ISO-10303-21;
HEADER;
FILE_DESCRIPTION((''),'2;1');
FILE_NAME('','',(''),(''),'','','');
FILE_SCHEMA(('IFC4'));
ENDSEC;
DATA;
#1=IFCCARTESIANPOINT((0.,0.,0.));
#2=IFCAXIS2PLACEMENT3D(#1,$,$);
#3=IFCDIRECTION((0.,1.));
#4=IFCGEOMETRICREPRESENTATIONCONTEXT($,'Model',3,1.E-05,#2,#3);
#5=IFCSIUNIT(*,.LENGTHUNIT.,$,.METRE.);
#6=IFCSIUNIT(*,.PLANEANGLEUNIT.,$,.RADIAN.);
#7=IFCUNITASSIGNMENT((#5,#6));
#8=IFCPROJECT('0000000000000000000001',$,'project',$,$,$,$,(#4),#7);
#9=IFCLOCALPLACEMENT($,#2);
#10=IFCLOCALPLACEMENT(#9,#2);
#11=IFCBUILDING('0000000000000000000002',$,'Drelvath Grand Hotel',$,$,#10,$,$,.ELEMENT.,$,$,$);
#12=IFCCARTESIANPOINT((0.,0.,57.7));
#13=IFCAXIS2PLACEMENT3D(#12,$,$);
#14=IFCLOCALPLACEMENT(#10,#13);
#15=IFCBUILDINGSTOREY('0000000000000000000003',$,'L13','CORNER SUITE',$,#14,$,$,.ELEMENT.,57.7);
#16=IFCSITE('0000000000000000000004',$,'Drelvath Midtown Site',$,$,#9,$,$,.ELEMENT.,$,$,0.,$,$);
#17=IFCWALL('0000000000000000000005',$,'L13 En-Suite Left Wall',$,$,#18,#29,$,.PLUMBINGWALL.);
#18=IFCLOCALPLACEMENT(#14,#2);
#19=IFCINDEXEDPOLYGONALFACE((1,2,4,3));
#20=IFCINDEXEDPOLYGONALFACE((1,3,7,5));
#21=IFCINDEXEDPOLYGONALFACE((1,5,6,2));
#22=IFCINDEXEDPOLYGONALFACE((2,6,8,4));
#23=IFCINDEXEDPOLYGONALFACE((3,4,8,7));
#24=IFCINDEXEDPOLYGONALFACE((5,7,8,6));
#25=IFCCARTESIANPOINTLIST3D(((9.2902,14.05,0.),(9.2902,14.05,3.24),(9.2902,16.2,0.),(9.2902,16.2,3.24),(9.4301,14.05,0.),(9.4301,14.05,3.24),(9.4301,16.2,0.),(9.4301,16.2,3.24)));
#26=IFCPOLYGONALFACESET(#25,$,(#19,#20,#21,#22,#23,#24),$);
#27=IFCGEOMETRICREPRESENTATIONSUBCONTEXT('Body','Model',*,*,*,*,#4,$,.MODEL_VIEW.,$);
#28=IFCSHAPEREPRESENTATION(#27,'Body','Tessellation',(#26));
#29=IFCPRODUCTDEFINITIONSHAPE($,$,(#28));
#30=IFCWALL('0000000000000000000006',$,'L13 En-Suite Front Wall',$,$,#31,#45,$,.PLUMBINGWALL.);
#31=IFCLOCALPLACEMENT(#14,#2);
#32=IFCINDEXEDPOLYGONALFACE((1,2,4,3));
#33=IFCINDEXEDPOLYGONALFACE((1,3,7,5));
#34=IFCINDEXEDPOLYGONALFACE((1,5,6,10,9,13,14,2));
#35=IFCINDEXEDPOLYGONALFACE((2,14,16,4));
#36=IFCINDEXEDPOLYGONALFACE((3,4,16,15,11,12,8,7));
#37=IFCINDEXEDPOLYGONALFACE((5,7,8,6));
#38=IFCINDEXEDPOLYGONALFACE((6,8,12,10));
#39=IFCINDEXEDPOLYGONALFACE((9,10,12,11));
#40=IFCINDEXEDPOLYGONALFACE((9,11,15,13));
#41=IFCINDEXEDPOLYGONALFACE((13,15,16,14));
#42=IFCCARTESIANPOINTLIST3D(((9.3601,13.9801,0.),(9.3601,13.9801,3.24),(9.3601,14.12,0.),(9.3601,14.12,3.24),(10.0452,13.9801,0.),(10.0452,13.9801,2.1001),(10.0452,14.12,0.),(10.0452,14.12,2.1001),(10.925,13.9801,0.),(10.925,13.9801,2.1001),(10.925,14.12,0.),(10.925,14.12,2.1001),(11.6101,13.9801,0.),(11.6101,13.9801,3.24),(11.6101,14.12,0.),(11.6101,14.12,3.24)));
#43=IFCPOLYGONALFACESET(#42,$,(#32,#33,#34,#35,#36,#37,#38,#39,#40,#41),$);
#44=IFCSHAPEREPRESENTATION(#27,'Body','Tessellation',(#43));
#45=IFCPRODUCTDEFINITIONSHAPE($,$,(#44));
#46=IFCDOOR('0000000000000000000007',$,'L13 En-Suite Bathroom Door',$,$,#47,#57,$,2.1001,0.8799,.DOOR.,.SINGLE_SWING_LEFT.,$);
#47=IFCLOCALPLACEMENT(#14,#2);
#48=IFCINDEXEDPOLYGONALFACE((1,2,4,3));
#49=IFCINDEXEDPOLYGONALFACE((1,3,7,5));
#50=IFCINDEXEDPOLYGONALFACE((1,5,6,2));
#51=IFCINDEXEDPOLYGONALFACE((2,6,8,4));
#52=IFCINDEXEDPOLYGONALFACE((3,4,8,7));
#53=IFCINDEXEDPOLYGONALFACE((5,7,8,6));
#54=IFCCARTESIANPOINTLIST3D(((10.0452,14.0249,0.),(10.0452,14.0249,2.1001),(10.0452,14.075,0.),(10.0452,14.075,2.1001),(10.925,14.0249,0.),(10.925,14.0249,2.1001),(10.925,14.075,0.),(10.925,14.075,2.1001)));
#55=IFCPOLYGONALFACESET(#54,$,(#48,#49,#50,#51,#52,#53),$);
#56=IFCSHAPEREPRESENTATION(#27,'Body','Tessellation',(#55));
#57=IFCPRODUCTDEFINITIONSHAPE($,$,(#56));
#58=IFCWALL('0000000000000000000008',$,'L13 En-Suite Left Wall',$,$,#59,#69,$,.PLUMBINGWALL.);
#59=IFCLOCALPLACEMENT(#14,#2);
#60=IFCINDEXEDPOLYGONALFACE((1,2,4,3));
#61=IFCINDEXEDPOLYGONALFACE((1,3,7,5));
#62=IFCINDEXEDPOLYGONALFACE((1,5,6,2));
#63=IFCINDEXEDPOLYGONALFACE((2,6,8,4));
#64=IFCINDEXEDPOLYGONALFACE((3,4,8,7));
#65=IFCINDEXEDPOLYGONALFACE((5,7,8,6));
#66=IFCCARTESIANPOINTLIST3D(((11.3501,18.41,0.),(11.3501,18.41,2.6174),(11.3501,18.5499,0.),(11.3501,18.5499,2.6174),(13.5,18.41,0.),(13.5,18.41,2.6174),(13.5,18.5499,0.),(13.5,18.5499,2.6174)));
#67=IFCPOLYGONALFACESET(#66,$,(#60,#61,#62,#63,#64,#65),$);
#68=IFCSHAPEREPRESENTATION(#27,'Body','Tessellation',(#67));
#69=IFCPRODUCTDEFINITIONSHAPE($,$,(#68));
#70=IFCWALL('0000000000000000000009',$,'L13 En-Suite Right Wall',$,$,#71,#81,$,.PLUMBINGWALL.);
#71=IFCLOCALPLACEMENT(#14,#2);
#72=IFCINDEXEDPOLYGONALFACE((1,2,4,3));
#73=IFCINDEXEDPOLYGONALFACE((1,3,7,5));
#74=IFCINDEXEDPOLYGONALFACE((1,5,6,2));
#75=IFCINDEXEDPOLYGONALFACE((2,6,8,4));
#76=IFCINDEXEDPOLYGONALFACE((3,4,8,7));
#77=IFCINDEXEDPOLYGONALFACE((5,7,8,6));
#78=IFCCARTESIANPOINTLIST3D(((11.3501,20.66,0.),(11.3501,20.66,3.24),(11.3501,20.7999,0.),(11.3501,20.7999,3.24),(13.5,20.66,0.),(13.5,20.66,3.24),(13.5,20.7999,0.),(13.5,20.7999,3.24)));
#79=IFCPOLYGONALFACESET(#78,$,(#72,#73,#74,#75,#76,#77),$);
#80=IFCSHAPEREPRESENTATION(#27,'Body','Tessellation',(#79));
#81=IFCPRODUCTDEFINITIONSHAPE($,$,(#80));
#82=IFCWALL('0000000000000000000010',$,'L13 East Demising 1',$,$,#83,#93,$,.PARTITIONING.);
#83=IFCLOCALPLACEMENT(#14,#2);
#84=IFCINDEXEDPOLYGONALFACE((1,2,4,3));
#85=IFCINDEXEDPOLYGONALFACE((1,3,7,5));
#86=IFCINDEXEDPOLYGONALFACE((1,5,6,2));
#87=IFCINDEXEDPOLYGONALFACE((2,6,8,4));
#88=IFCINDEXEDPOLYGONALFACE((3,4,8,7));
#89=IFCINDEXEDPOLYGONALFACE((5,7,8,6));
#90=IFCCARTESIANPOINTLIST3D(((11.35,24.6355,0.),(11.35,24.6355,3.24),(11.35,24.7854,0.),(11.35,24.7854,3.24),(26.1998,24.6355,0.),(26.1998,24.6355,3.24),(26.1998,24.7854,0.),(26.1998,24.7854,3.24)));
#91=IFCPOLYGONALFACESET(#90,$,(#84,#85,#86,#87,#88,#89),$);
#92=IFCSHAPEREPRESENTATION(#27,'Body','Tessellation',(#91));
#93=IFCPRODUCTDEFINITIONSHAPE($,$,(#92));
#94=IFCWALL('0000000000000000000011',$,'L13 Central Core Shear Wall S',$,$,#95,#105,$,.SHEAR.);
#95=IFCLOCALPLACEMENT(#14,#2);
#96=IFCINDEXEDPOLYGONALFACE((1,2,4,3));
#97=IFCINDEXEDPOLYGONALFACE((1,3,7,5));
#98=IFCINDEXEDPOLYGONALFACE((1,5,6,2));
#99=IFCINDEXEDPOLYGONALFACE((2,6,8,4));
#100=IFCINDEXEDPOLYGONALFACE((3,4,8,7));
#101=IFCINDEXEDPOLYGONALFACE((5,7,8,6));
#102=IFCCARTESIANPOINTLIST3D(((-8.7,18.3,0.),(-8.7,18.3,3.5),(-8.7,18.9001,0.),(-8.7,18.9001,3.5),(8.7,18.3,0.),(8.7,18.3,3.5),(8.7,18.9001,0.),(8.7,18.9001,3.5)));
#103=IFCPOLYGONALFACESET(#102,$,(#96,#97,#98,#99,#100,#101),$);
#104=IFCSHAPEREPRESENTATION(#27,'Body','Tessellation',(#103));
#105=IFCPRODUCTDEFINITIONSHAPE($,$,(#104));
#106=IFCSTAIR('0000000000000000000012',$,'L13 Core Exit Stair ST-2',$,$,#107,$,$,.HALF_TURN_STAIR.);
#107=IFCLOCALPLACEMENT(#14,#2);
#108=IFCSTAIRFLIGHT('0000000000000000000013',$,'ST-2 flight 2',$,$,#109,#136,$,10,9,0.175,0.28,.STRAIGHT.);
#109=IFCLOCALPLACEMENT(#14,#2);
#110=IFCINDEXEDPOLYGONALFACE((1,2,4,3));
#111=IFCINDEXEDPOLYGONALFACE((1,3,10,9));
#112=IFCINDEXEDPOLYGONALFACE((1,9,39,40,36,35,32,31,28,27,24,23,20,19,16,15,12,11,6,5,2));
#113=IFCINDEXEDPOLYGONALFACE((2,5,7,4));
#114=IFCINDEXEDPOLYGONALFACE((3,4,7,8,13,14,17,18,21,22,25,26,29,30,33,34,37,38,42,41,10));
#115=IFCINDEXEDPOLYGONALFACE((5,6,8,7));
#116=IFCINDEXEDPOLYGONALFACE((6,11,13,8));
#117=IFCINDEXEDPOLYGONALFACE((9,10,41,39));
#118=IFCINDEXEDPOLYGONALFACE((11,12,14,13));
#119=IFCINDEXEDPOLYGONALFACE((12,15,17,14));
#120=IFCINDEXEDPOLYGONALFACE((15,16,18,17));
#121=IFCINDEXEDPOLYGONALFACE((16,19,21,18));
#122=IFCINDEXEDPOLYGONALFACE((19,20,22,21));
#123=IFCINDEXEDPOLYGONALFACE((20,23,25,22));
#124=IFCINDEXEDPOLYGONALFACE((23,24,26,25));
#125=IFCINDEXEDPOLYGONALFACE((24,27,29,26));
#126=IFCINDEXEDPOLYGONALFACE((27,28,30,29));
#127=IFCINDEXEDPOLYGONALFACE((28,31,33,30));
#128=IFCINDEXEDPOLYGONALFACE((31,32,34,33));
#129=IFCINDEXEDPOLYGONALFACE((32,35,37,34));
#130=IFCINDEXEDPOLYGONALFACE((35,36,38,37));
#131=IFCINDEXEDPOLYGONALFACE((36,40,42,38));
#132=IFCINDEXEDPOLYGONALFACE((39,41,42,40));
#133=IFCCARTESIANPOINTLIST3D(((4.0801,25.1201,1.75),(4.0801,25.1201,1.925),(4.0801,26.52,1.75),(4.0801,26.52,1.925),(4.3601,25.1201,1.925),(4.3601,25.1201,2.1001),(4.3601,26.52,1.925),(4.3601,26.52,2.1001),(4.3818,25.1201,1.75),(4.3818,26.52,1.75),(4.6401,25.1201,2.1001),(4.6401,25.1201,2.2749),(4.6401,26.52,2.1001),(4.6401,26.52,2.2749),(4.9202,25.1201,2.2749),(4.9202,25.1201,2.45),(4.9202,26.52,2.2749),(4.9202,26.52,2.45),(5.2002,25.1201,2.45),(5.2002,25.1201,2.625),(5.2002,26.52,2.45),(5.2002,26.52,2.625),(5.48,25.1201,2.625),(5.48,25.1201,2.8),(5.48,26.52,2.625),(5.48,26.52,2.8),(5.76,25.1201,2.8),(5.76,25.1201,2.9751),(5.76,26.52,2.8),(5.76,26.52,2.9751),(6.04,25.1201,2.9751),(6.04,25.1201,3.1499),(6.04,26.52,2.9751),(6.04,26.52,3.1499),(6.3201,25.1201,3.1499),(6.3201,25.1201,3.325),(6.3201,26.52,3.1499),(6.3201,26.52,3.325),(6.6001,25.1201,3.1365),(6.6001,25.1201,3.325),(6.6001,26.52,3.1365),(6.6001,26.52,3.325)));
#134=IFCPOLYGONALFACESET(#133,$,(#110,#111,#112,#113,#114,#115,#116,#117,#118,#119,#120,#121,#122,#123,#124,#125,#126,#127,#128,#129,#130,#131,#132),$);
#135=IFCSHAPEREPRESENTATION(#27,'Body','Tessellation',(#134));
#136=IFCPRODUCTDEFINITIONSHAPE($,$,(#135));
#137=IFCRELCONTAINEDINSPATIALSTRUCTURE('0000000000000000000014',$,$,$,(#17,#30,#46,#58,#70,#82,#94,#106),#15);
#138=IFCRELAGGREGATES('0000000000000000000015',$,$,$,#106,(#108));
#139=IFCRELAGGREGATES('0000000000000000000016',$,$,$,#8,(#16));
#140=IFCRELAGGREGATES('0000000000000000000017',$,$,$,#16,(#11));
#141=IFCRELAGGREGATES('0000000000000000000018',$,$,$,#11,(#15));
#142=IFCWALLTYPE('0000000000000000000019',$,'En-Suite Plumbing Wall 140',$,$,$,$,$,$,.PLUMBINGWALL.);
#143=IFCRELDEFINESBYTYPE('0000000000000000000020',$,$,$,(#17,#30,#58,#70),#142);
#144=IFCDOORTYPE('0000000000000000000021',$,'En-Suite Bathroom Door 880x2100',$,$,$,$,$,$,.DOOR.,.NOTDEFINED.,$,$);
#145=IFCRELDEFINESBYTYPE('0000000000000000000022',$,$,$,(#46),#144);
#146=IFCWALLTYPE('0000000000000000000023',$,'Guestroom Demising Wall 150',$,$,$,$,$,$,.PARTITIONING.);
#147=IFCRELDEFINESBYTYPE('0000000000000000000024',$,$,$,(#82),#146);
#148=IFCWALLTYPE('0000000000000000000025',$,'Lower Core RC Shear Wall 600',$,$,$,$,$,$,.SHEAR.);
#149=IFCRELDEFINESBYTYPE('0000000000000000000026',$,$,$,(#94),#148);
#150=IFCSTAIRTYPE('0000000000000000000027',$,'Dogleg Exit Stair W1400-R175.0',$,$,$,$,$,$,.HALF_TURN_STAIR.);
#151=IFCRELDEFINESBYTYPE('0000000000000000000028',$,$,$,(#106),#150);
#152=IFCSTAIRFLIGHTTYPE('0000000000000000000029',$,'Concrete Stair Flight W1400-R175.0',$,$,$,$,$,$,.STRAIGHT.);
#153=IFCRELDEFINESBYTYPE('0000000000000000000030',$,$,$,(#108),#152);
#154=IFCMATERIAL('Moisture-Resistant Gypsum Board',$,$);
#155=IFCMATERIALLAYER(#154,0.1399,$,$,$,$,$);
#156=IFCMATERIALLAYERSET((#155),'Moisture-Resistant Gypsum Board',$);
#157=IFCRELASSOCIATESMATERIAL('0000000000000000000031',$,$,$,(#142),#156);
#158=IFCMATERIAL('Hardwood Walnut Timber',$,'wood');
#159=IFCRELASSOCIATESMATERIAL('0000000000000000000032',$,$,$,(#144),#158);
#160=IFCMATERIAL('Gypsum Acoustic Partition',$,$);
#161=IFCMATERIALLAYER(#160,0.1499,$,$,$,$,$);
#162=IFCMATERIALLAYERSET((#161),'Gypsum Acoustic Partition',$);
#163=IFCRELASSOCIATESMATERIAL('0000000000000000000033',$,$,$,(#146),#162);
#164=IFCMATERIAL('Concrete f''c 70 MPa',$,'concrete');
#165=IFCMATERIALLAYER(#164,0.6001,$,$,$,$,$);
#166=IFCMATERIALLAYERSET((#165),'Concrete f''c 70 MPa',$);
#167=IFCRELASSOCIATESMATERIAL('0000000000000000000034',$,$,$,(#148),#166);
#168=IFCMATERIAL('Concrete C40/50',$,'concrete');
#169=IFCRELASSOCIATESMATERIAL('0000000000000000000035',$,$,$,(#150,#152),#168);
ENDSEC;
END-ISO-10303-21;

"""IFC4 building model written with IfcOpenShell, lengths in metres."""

from ifc_helpers import new_model, si_unit, direction, frame, frame_2d, origin, place, context, subcontext, project, spatial, polyline, rectangle, outline, extrude, material, layer, layer_set, type_object, element, fill, aggregate, save


model = new_model("IFC4")

# Units and contexts
model_context = context("Model", 3, precision=1e-05, world=origin(), true_north=direction((0.0, 1.0)))
body_context = subcontext(model_context, "Body", "Model", "MODEL_VIEW")
ifc_project = project(units=[si_unit("LENGTHUNIT", "METRE"), si_unit("PLANEANGLEUNIT", "RADIAN")], contexts=[model_context])

# Site, building, storey
site_placement = place(None, origin())
site = spatial("IfcSite", under=ifc_project, at=site_placement, Name="Drelvath Midtown Site", CompositionType="ELEMENT", RefElevation=0.0)
building_placement = place(site_placement, origin())
building = spatial("IfcBuilding", under=site, at=building_placement, Name="Drelvath Grand Hotel", CompositionType="ELEMENT")
storey_placement = place(building_placement, frame((0.0, 0.0, 57.7)))
storey = spatial("IfcBuildingStorey", under=building, at=storey_placement, Name="L13", Description="CORNER SUITE", CompositionType="ELEMENT", Elevation=57.7)

# Shared definitions
ifc_material_1 = material(Name="Concrete f'c 70 MPa", Category="concrete")

# Shared definitions
ifc_material_2 = material(Name="Concrete C40/50", Category="concrete")

# Shared definitions
ifc_material_3 = material(Name="Hardwood Walnut Timber", Category="wood")

# Shared definitions
ifc_material_4 = material(Name="Moisture-Resistant Gypsum Board")
ifc_layer_1 = layer(ifc_material_4, 0.1399)
ifc_layer_set_1 = layer_set([ifc_layer_1], Name="Moisture-Resistant Gypsum Board")
wall_type_1 = type_object("IfcWallType", Name="En-Suite Plumbing Wall 140", PredefinedType="PLUMBINGWALL", material=ifc_layer_set_1)

# Shared definitions
door_type_1 = type_object("IfcDoorType", Name="En-Suite Bathroom Door 880x2100", OperationType="NOTDEFINED", PredefinedType="DOOR", material=ifc_material_3)

# Wall
wall_1_placement = place(storey_placement, frame((9.3601, 16.2, 0.0), z_axis=(0.0, 0.0, 1.0), x_axis=(0.0, -1.0, 0.0)))
element("IfcWall", 1, at=wall_1_placement, inside=storey, type_object=wall_type_1, Name="L13 En-Suite Left Wall", PredefinedType="PLUMBINGWALL", context=body_context, shape_type="SweptSolid", body=[
    extrude(rectangle(XDim=2.1499, YDim=0.1399, at=frame_2d((1.075, 0.0))), origin(), (0.0, 0.0, 1.0), 3.24),
])

# Wall, opening, door
wall_2_placement = place(storey_placement, frame((9.3601, 14.05, 0.0), z_axis=(0.0, 0.0, 1.0), x_axis=(1.0, 0.0, 0.0)))
wall_2 = element("IfcWall", 2, at=wall_2_placement, inside=storey, type_object=wall_type_1, Name="L13 En-Suite Front Wall", PredefinedType="PLUMBINGWALL", context=body_context, shape_type="SweptSolid", body=[
    extrude(rectangle(XDim=2.25, YDim=0.1399, at=frame_2d((1.125, 0.0))), origin(), (0.0, 0.0, 1.0), 3.24),
])
opening_1_placement = place(wall_2_placement, frame((0.6851, 0.0, 0.0)))
opening_1 = element("IfcOpeningElement", 3, at=opening_1_placement, cuts=wall_2, PredefinedType="OPENING", context=body_context, shape_type="SweptSolid", body=[
    extrude(rectangle(XDim=0.8799, YDim=2.1001, at=frame_2d((0.4399, 1.05))), frame((0.0, 0.0798, 0.0), z_axis=(0.0, -1.0, 0.0), x_axis=(1.0, 0.0, 0.0)), (0.0, 0.0, 1.0), 0.1599),
])
door_1_placement = place(opening_1_placement, origin())
door_1 = element("IfcDoor", 4, at=door_1_placement, inside=storey, type_object=door_type_1, Name="L13 En-Suite Bathroom Door", OperationType="SINGLE_SWING_LEFT", OverallHeight=2.1001, OverallWidth=0.8799, PredefinedType="DOOR", context=body_context, shape_type="SweptSolid", body=[
    extrude(rectangle(XDim=0.8799, YDim=2.1001, at=frame_2d((0.4399, 1.05))), frame((0.0, 0.0249, 0.0), z_axis=(0.0, -1.0, 0.0), x_axis=(1.0, 0.0, 0.0)), (0.0, 0.0, 1.0), 0.05),
])
fill(opening_1, door_1)

# Walls
wall_3_placement = place(storey_placement, frame((11.3501, 18.48, 0.0), z_axis=(0.0, 0.0, 1.0), x_axis=(1.0, 0.0, 0.0)))
element("IfcWall", 5, at=wall_3_placement, inside=storey, type_object=wall_type_1, Name="L13 En-Suite Left Wall", PredefinedType="PLUMBINGWALL", context=body_context, shape_type="SweptSolid", body=[
    extrude(rectangle(XDim=2.1499, YDim=0.1399, at=frame_2d((1.075, 0.0))), origin(), (0.0, 0.0, 1.0), 2.6174),
])
wall_4_placement = place(storey_placement, frame((11.3501, 20.73, 0.0), z_axis=(0.0, 0.0, 1.0), x_axis=(1.0, 0.0, 0.0)))
element("IfcWall", 6, at=wall_4_placement, inside=storey, type_object=wall_type_1, Name="L13 En-Suite Right Wall", PredefinedType="PLUMBINGWALL", context=body_context, shape_type="SweptSolid", body=[
    extrude(rectangle(XDim=2.1499, YDim=0.1399, at=frame_2d((1.075, 0.0))), origin(), (0.0, 0.0, 1.0), 3.24),
])
ifc_material_5 = material(Name="Gypsum Acoustic Partition")
ifc_layer_2 = layer(ifc_material_5, 0.1499)
ifc_layer_set_2 = layer_set([ifc_layer_2], Name="Gypsum Acoustic Partition")
wall_type_2 = type_object("IfcWallType", Name="Guestroom Demising Wall 150", PredefinedType="PARTITIONING", material=ifc_layer_set_2)
wall_5_placement = place(storey_placement, frame((11.3501, 24.7104, 0.0), z_axis=(0.0, 0.0, 1.0), x_axis=(1.0, 0.0, 0.0)))
element("IfcWall", 7, at=wall_5_placement, inside=storey, type_object=wall_type_2, Name="L13 East Demising 1", PredefinedType="PARTITIONING", context=body_context, shape_type="SweptSolid", body=[
    extrude(rectangle(XDim=14.8499, YDim=0.1499, at=frame_2d((7.4248, 0.0))), origin(), (0.0, 0.0, 1.0), 3.24),
])
ifc_layer_3 = layer(ifc_material_1, 0.6001)
ifc_layer_set_3 = layer_set([ifc_layer_3], Name="Concrete f'c 70 MPa")
wall_type_3 = type_object("IfcWallType", Name="Lower Core RC Shear Wall 600", PredefinedType="SHEAR", material=ifc_layer_set_3)
wall_6_placement = place(storey_placement, frame((8.7, 18.6001, 0.0), z_axis=(0.0, 0.0, 1.0), x_axis=(-1.0, 0.0, 0.0)))
element("IfcWall", 8, at=wall_6_placement, inside=storey, type_object=wall_type_3, Name="L13 Central Core Shear Wall S", PredefinedType="SHEAR", context=body_context, shape_type="SweptSolid", body=[
    extrude(rectangle(XDim=17.3999, YDim=0.6001, at=frame_2d((8.7, 0.0))), origin(), (0.0, 0.0, 1.0), 3.5),
])

# Stair, stair flight
stair_type = type_object("IfcStairType", Name="Dogleg Exit Stair W1400-R175.0", PredefinedType="HALF_TURN_STAIR", material=ifc_material_2)
stair_placement = place(storey_placement, origin())
stair = element("IfcStair", 9, at=stair_placement, inside=storey, type_object=stair_type, Name="L13 Core Exit Stair ST-2", PredefinedType="HALF_TURN_STAIR")
stair_flight_type = type_object("IfcStairFlightType", Name="Concrete Stair Flight W1400-R175.0", PredefinedType="STRAIGHT", material=ifc_material_2)
stair_flight_placement = place(storey_placement, frame((4.0801, 25.8201, 1.75), z_axis=(0.0, 0.0, 1.0), x_axis=(1.0, 0.0, 0.0)))
stair_flight = element("IfcStairFlight", 10, at=stair_flight_placement, type_object=stair_flight_type, Name="ST-2 flight 2", NumberOfRisers=10, NumberOfTreads=9, PredefinedType="STRAIGHT", RiserHeight=0.175, TreadLength=0.28, context=body_context, shape_type="SweptSolid", body=[
    extrude(outline(polyline([(0.0, 0.0), (0.0, 0.175), (0.28, 0.175), (0.28, 0.3501), (0.5601, 0.3501), (0.5601, 0.5249), (0.8401, 0.5249), (0.8401, 0.7), (1.1201, 0.7), (1.1201, 0.875), (1.3999, 0.875), (1.3999, 1.05), (1.6799, 1.05), (1.6799, 1.2251), (1.96, 1.2251), (1.96, 1.3999), (2.24, 1.3999), (2.24, 1.575), (2.52, 1.575), (2.52, 1.75), (2.52, 1.3865), (0.3018, 0.0), (0.0, 0.0)])), frame((0.0, 0.7, 0.0), z_axis=(0.0, -1.0, 0.0), x_axis=(1.0, 0.0, 0.0)), (0.0, 0.0, 1.0), 1.3999),
])
aggregate(stair, [stair_flight])

save(model, "model.ifc")
